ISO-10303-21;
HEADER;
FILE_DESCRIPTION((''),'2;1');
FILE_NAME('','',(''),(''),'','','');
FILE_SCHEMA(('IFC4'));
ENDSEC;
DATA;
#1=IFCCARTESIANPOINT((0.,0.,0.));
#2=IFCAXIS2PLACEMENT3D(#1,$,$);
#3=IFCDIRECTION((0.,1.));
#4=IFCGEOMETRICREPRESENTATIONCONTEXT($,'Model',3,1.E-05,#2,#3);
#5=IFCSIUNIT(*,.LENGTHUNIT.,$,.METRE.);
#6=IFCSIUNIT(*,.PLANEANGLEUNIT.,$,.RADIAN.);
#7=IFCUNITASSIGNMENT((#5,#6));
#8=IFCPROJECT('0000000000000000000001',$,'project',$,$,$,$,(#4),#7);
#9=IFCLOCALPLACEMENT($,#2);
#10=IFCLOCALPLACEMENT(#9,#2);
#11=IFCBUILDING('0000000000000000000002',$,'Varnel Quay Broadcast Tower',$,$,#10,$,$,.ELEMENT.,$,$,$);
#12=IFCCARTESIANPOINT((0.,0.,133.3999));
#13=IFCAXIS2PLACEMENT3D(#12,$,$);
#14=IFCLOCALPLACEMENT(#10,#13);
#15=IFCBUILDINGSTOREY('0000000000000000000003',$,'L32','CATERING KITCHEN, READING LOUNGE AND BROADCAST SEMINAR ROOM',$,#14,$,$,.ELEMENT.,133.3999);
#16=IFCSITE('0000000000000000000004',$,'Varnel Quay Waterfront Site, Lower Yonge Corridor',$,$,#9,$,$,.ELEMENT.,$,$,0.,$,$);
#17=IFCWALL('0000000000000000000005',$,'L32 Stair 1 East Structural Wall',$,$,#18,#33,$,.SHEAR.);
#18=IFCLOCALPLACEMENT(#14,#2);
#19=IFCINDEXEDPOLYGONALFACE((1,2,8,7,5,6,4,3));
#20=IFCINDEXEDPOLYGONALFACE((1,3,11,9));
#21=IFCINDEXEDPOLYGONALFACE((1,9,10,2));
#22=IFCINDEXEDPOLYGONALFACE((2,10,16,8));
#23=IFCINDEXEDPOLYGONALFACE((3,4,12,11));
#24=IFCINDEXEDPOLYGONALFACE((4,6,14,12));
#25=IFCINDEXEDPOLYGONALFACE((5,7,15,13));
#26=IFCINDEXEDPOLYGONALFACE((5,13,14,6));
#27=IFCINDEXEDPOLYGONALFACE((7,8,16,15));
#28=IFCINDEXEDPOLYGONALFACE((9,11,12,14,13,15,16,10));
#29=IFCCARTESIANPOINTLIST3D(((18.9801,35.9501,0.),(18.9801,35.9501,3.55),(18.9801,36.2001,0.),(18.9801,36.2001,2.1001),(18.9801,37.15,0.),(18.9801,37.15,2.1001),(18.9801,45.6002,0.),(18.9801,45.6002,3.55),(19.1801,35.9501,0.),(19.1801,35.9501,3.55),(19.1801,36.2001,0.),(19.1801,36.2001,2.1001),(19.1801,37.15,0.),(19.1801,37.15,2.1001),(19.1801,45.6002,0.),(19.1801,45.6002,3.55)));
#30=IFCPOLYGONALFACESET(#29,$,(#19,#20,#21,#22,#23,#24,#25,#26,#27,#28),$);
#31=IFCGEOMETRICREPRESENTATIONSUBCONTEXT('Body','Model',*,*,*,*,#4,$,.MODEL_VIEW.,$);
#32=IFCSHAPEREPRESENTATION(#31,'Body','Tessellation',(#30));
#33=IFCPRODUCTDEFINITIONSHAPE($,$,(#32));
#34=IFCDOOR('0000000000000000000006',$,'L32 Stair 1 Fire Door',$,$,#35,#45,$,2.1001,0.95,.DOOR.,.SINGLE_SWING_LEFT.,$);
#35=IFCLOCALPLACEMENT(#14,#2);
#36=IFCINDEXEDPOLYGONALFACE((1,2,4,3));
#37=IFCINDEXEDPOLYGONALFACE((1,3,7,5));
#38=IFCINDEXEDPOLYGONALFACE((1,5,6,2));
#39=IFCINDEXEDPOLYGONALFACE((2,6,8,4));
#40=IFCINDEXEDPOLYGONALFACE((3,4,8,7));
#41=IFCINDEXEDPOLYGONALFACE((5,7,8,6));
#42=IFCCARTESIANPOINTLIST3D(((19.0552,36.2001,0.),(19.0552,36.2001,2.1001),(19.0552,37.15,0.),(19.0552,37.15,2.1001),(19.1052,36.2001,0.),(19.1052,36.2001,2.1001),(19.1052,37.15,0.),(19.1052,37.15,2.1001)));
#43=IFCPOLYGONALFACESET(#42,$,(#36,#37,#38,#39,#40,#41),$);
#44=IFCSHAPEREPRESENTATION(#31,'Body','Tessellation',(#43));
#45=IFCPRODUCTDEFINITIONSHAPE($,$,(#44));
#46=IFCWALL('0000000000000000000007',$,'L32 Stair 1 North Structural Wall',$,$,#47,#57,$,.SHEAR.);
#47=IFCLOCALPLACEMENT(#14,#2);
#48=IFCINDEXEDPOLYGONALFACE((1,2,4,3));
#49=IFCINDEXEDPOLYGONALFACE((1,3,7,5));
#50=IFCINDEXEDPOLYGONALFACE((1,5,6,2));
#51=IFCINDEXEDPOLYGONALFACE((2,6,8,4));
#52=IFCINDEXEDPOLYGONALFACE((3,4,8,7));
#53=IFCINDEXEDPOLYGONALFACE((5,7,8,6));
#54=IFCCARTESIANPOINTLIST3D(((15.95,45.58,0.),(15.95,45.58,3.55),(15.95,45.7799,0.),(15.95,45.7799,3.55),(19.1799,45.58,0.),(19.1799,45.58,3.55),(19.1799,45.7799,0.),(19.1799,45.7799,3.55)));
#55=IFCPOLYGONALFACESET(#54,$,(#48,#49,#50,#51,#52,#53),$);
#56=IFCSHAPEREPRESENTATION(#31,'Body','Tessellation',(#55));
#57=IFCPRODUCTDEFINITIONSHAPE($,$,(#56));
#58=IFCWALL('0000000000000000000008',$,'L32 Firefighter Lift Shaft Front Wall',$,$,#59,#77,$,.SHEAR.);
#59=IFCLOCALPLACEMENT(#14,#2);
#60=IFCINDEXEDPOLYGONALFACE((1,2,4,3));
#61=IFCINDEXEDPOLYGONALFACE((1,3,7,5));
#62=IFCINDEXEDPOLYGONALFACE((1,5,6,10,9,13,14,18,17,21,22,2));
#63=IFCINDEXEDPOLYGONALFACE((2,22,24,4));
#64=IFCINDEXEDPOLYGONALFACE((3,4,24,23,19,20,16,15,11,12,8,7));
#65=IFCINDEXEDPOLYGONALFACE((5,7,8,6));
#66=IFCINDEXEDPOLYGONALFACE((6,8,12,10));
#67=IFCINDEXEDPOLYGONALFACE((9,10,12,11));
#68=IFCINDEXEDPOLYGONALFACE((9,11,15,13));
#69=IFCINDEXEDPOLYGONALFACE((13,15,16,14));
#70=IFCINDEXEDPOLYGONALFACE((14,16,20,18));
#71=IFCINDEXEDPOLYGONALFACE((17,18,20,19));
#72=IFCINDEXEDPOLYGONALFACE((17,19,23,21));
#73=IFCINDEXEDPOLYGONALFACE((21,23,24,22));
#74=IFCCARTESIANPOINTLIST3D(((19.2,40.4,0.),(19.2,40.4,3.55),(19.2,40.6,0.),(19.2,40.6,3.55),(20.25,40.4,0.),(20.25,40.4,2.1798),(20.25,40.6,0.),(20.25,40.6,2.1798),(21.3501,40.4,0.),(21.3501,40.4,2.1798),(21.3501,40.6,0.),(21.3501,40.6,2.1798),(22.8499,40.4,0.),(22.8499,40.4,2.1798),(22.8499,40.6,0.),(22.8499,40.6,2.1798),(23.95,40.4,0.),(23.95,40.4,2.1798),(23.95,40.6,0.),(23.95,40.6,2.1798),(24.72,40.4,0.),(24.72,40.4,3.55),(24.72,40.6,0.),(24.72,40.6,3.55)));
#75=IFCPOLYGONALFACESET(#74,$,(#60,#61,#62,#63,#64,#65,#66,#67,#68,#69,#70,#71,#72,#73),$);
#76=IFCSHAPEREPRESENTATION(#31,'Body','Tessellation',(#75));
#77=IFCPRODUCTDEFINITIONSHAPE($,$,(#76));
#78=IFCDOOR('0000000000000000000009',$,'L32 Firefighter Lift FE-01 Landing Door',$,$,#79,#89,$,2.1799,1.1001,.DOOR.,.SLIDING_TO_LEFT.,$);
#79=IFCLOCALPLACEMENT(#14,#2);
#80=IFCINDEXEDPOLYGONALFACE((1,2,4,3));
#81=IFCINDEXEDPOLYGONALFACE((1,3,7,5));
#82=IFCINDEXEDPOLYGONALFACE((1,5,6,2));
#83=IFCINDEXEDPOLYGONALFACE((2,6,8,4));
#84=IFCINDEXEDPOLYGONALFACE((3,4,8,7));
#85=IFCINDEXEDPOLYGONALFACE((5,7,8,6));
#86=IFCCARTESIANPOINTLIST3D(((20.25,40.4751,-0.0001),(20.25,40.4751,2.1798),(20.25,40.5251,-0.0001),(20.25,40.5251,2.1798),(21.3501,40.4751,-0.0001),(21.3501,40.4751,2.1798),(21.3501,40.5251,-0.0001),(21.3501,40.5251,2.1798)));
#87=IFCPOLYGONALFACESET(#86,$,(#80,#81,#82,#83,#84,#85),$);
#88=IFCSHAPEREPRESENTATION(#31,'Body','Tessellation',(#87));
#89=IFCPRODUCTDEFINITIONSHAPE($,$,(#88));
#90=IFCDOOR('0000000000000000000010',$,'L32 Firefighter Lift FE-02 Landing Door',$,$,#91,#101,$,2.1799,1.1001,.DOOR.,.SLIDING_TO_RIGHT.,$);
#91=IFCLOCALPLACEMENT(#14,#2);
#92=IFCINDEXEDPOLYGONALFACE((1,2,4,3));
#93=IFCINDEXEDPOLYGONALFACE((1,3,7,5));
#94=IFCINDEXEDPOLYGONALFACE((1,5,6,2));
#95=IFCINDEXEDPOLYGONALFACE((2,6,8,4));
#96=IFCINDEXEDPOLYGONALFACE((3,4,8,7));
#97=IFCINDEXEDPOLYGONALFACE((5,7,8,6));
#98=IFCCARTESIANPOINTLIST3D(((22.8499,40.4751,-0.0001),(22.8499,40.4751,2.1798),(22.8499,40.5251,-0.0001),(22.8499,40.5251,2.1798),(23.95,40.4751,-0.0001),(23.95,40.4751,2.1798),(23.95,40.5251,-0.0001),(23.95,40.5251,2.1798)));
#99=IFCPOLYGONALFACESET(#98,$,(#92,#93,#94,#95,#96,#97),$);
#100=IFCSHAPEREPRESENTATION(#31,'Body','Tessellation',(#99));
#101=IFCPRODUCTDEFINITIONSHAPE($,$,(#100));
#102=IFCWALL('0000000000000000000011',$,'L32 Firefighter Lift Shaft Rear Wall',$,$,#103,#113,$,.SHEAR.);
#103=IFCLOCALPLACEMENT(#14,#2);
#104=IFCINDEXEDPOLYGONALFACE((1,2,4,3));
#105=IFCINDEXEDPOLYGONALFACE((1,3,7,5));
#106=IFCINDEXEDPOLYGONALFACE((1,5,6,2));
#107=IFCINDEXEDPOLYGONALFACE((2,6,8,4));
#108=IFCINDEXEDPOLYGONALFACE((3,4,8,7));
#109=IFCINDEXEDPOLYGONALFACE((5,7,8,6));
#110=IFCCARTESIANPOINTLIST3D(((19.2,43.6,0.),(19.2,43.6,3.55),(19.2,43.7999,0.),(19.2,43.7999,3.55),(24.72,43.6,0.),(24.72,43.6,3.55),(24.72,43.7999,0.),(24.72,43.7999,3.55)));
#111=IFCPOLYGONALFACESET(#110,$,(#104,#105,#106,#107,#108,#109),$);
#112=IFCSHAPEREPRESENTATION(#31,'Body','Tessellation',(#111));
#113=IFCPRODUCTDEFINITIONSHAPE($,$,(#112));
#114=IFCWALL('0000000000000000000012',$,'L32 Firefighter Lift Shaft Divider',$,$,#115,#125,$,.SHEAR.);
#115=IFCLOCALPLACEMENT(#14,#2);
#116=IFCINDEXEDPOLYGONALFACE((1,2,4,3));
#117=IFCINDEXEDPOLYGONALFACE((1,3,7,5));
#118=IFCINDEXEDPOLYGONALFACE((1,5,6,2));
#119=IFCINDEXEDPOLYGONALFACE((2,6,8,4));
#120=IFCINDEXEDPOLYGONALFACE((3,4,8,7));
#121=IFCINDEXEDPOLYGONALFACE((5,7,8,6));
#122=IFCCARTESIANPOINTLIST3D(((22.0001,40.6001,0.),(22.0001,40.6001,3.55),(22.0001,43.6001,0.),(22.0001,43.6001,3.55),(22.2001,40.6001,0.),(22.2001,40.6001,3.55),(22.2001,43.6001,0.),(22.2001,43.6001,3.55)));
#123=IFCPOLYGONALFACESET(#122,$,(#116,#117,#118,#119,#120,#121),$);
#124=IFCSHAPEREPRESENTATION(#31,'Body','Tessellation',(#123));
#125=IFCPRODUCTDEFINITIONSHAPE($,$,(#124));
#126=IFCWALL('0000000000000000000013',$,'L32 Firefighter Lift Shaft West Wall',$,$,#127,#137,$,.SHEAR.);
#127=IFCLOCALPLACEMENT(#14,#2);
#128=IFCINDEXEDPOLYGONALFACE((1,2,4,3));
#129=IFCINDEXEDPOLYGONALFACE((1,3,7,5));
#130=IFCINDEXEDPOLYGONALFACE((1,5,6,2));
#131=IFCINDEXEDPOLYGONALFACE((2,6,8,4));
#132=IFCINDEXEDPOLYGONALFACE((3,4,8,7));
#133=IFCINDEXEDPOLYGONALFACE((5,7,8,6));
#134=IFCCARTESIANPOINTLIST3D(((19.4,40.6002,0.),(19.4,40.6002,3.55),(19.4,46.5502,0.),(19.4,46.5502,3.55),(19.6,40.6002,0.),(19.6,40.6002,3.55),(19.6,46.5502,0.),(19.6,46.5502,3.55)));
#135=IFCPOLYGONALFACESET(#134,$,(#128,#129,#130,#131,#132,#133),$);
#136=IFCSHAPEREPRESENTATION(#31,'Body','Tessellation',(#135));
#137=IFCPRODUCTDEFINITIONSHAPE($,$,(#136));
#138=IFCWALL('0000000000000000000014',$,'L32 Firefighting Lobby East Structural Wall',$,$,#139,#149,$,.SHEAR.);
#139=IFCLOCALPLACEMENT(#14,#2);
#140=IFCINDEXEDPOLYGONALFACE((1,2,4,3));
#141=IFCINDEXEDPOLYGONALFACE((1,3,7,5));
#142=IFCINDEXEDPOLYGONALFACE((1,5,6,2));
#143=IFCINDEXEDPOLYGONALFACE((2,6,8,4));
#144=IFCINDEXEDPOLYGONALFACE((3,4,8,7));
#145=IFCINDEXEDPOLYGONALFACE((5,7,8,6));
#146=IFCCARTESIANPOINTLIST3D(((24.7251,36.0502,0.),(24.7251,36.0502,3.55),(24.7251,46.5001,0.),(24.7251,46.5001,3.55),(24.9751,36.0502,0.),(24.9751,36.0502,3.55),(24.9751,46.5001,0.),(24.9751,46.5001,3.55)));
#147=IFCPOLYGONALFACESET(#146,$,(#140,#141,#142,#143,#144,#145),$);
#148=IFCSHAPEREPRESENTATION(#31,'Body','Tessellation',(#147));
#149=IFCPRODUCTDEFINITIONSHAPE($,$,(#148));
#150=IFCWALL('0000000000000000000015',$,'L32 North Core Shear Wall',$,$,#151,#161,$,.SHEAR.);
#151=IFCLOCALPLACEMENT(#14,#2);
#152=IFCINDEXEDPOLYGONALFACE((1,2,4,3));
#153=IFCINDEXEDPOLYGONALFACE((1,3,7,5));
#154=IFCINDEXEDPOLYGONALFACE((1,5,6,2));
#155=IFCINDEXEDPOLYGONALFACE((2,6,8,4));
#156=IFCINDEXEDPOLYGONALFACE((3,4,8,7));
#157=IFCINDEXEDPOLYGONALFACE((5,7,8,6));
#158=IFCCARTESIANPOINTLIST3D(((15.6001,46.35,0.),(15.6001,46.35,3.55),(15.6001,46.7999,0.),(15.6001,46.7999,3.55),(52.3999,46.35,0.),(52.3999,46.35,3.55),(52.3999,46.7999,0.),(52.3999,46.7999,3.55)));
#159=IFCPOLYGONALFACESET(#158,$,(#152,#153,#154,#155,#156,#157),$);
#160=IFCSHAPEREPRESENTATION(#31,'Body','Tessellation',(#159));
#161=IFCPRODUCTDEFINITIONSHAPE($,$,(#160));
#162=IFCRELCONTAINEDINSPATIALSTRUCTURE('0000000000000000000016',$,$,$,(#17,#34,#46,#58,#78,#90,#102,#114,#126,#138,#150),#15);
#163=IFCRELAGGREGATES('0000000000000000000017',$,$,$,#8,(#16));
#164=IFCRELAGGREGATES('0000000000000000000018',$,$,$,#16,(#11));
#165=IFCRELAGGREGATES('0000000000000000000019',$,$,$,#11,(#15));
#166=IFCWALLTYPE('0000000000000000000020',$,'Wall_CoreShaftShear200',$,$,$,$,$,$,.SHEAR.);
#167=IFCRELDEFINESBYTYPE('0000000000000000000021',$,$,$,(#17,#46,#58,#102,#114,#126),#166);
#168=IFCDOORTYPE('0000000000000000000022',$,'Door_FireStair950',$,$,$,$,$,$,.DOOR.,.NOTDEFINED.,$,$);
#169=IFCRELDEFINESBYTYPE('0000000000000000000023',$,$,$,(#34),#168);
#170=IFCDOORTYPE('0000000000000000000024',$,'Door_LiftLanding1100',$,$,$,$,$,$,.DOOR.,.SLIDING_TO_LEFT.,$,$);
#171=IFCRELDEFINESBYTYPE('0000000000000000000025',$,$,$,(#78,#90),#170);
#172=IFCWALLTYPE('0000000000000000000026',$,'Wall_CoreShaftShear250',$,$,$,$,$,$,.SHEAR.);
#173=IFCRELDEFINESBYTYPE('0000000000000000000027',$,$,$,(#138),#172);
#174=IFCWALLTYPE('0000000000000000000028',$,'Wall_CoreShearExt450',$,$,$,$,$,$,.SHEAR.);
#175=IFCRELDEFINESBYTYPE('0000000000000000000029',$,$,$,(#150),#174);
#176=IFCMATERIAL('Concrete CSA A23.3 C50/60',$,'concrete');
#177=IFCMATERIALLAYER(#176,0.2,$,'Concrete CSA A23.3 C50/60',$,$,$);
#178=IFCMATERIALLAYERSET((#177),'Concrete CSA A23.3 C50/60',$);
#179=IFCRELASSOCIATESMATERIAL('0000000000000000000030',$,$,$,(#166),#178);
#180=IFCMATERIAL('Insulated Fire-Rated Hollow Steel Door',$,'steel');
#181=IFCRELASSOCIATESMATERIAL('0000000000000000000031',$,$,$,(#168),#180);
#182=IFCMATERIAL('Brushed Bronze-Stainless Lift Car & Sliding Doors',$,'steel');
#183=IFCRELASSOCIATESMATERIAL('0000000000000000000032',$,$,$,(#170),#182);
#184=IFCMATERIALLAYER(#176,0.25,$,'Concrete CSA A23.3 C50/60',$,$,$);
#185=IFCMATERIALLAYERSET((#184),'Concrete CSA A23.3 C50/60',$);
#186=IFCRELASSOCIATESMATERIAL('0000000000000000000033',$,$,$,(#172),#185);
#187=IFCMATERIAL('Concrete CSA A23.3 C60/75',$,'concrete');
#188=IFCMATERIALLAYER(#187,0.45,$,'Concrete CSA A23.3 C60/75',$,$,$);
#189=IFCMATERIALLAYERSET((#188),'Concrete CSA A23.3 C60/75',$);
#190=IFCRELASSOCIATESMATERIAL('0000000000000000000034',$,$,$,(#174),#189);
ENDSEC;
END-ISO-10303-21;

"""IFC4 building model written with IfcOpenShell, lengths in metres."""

from ifc_helpers import new_model, si_unit, direction, frame, frame_2d, origin, place, context, subcontext, project, spatial, rectangle, extrude, source, transform, mapped, material, layer, layer_set, type_object, type_shapes, element, fill, save


model = new_model("IFC4")

# Units and contexts
model_context = context("Model", 3, precision=1e-05, world=origin(), true_north=direction((0.0, 1.0)))
body_context = subcontext(model_context, "Body", "Model", "MODEL_VIEW")
ifc_project = project(units=[si_unit("LENGTHUNIT", "METRE"), si_unit("PLANEANGLEUNIT", "RADIAN")], contexts=[model_context])

# Site, building, storey
site_placement = place(None, origin())
site = spatial("IfcSite", under=ifc_project, at=site_placement, Name="Varnel Quay Waterfront Site, Lower Yonge Corridor", CompositionType="ELEMENT", RefElevation=0.0)
building_placement = place(site_placement, origin())
building = spatial("IfcBuilding", under=site, at=building_placement, Name="Varnel Quay Broadcast Tower", CompositionType="ELEMENT")
storey_placement = place(building_placement, frame((0.0, 0.0, 133.3999)))
storey = spatial("IfcBuildingStorey", under=building, at=storey_placement, Name="L32", Description="CATERING KITCHEN, READING LOUNGE AND BROADCAST SEMINAR ROOM", CompositionType="ELEMENT", Elevation=133.3999)

# Shared definitions
ifc_material_1 = material(Name="Concrete CSA A23.3 C60/75", Category="concrete")

# Wall, opening, door
ifc_material_2 = material(Name="Concrete CSA A23.3 C50/60", Category="concrete")
ifc_layer_1 = layer(ifc_material_2, 0.2, Name="Concrete CSA A23.3 C50/60")
ifc_layer_set_1 = layer_set([ifc_layer_1], Name="Concrete CSA A23.3 C50/60")
wall_type_1 = type_object("IfcWallType", Name="Wall_CoreShaftShear200", PredefinedType="SHEAR", material=ifc_layer_set_1)
wall_1_placement = place(storey_placement, frame((19.0801, 35.95, 0.0), z_axis=(0.0, 0.0, 1.0), x_axis=(0.0, 1.0, 0.0)))
wall_1 = element("IfcWall", 1, at=wall_1_placement, inside=storey, type_object=wall_type_1, Name="L32 Stair 1 East Structural Wall", PredefinedType="SHEAR", context=body_context, shape_type="SweptSolid", body=[
    extrude(rectangle(XDim=9.6501, YDim=0.2, at=frame_2d((4.8252, 0.0))), origin(), (0.0, 0.0, 1.0), 3.55),
])
opening_1_placement = place(wall_1_placement, frame((0.25, 0.0, 0.0)))
opening_1 = element("IfcOpeningElement", 2, at=opening_1_placement, cuts=wall_1, PredefinedType="OPENING", context=body_context, shape_type="SweptSolid", body=[
    extrude(rectangle(XDim=0.95, YDim=2.1001, at=frame_2d((0.4751, 1.05))), frame((0.0, 0.1099, 0.0), z_axis=(0.0, -1.0, 0.0), x_axis=(1.0, 0.0, 0.0)), (0.0, 0.0, 1.0), 0.22),
])
ifc_material_3 = material(Name="Insulated Fire-Rated Hollow Steel Door", Category="steel")
door_type_1 = type_object("IfcDoorType", Name="Door_FireStair950", OperationType="NOTDEFINED", PredefinedType="DOOR", material=ifc_material_3)
shared_shape_1 = source(origin(), body_context, "Body", "SweptSolid", [
    extrude(rectangle(XDim=0.95, YDim=2.1001, at=frame_2d((0.4751, 1.05))), frame((0.0, 0.0249, 0.0), z_axis=(0.0, -1.0, 0.0), x_axis=(1.0, 0.0, 0.0)), (0.0, 0.0, 1.0), 0.05),
])
type_shapes(door_type_1, [shared_shape_1])
door_1_placement = place(opening_1_placement, origin())
door_1 = element("IfcDoor", 3, at=door_1_placement, inside=storey, type_object=door_type_1, Name="L32 Stair 1 Fire Door", OperationType="SINGLE_SWING_LEFT", OverallHeight=2.1001, OverallWidth=0.95, PredefinedType="DOOR", context=body_context, shape_type="MappedRepresentation", body=[
    mapped(shared_shape_1, transform((0.0, 0.0, 0.0), x_axis=(1.0, 0.0, 0.0), y_axis=(0.0, 1.0, 0.0), z_axis=(0.0, 0.0, 1.0), scale=1.0)),
])
fill(opening_1, door_1)

# Wall
wall_2_placement = place(storey_placement, frame((15.95, 45.6799, 0.0), z_axis=(0.0, 0.0, 1.0), x_axis=(1.0, 0.0, 0.0)))
element("IfcWall", 4, at=wall_2_placement, inside=storey, type_object=wall_type_1, Name="L32 Stair 1 North Structural Wall", PredefinedType="SHEAR", context=body_context, shape_type="SweptSolid", body=[
    extrude(rectangle(XDim=3.23, YDim=0.2, at=frame_2d((1.615, 0.0))), origin(), (0.0, 0.0, 1.0), 3.55),
])

# Wall, openings, doors
wall_3_placement = place(storey_placement, frame((19.2, 40.5, 0.0), z_axis=(0.0, 0.0, 1.0), x_axis=(1.0, 0.0, 0.0)))
wall_3 = element("IfcWall", 5, at=wall_3_placement, inside=storey, type_object=wall_type_1, Name="L32 Firefighter Lift Shaft Front Wall", PredefinedType="SHEAR", context=body_context, shape_type="SweptSolid", body=[
    extrude(rectangle(XDim=5.52, YDim=0.2, at=frame_2d((2.76, 0.0))), origin(), (0.0, 0.0, 1.0), 3.55),
])
opening_2_placement = place(wall_3_placement, frame((1.05, 0.0, 0.0)))
opening_2 = element("IfcOpeningElement", 6, at=opening_2_placement, cuts=wall_3, PredefinedType="OPENING", context=body_context, shape_type="SweptSolid", body=[
    extrude(rectangle(XDim=1.1001, YDim=2.1799, at=frame_2d((0.55, 1.0898))), frame((0.0, 0.1099, 0.0), z_axis=(0.0, -1.0, 0.0), x_axis=(1.0, 0.0, 0.0)), (0.0, 0.0, 1.0), 0.22),
])
opening_3_placement = place(wall_3_placement, frame((3.6499, 0.0, 0.0)))
opening_3 = element("IfcOpeningElement", 7, at=opening_3_placement, cuts=wall_3, PredefinedType="OPENING", context=body_context, shape_type="SweptSolid", body=[
    extrude(rectangle(XDim=1.1001, YDim=2.1799, at=frame_2d((0.55, 1.0898))), frame((0.0, 0.1099, 0.0), z_axis=(0.0, -1.0, 0.0), x_axis=(1.0, 0.0, 0.0)), (0.0, 0.0, 1.0), 0.22),
])
ifc_material_4 = material(Name="Brushed Bronze-Stainless Lift Car & Sliding Doors", Category="steel")
door_type_2 = type_object("IfcDoorType", Name="Door_LiftLanding1100", OperationType="SLIDING_TO_LEFT", PredefinedType="DOOR", material=ifc_material_4)
shared_shape_2 = source(origin(), body_context, "Body", "SweptSolid", [
    extrude(rectangle(XDim=1.1001, YDim=2.1799, at=frame_2d((0.55, 1.0898))), frame((0.0, 0.0249, 0.0), z_axis=(0.0, -1.0, 0.0), x_axis=(1.0, 0.0, 0.0)), (0.0, 0.0, 1.0), 0.05),
])
type_shapes(door_type_2, [shared_shape_2])
door_2_placement = place(opening_2_placement, frame((1.1001, 0.0, 0.0), z_axis=(0.0, 0.0, 1.0), x_axis=(-1.0, 0.0, 0.0)))
door_2 = element("IfcDoor", 8, at=door_2_placement, inside=storey, type_object=door_type_2, Name="L32 Firefighter Lift FE-01 Landing Door", OperationType="SLIDING_TO_LEFT", OverallHeight=2.1799, OverallWidth=1.1001, PredefinedType="DOOR", context=body_context, shape_type="MappedRepresentation", body=[
    mapped(shared_shape_2, transform((0.0, 0.0, 0.0), x_axis=(1.0, 0.0, 0.0), y_axis=(0.0, 1.0, 0.0), z_axis=(0.0, 0.0, 1.0), scale=1.0)),
])
fill(opening_2, door_2)
door_3_placement = place(opening_3_placement, frame((1.1001, 0.0, 0.0), z_axis=(0.0, 0.0, 1.0), x_axis=(-1.0, 0.0, 0.0)))
door_3 = element("IfcDoor", 9, at=door_3_placement, inside=storey, type_object=door_type_2, Name="L32 Firefighter Lift FE-02 Landing Door", OperationType="SLIDING_TO_RIGHT", OverallHeight=2.1799, OverallWidth=1.1001, PredefinedType="DOOR", context=body_context, shape_type="MappedRepresentation", body=[
    mapped(shared_shape_2, transform((0.0, 0.0, 0.0), x_axis=(1.0, 0.0, 0.0), y_axis=(0.0, 1.0, 0.0), z_axis=(0.0, 0.0, 1.0), scale=1.0)),
])
fill(opening_3, door_3)

# Walls
wall_4_placement = place(storey_placement, frame((19.2, 43.7, 0.0), z_axis=(0.0, 0.0, 1.0), x_axis=(1.0, 0.0, 0.0)))
element("IfcWall", 10, at=wall_4_placement, inside=storey, type_object=wall_type_1, Name="L32 Firefighter Lift Shaft Rear Wall", PredefinedType="SHEAR", context=body_context, shape_type="SweptSolid", body=[
    extrude(rectangle(XDim=5.52, YDim=0.2, at=frame_2d((2.76, 0.0))), origin(), (0.0, 0.0, 1.0), 3.55),
])
wall_5_placement = place(storey_placement, frame((22.1001, 40.6001, 0.0), z_axis=(0.0, 0.0, 1.0), x_axis=(0.0, 1.0, 0.0)))
element("IfcWall", 11, at=wall_5_placement, inside=storey, type_object=wall_type_1, Name="L32 Firefighter Lift Shaft Divider", PredefinedType="SHEAR", context=body_context, shape_type="SweptSolid", body=[
    extrude(rectangle(XDim=3.0, YDim=0.2, at=frame_2d((1.5, 0.0))), origin(), (0.0, 0.0, 1.0), 3.55),
])
wall_6_placement = place(storey_placement, frame((19.5, 40.6001, 0.0), z_axis=(0.0, 0.0, 1.0), x_axis=(0.0, 1.0, 0.0)))
element("IfcWall", 12, at=wall_6_placement, inside=storey, type_object=wall_type_1, Name="L32 Firefighter Lift Shaft West Wall", PredefinedType="SHEAR", context=body_context, shape_type="SweptSolid", body=[
    extrude(rectangle(XDim=5.95, YDim=0.2, at=frame_2d((2.9751, 0.0))), origin(), (0.0, 0.0, 1.0), 3.55),
])
ifc_layer_2 = layer(ifc_material_2, 0.25, Name="Concrete CSA A23.3 C50/60")
ifc_layer_set_2 = layer_set([ifc_layer_2], Name="Concrete CSA A23.3 C50/60")
wall_type_2 = type_object("IfcWallType", Name="Wall_CoreShaftShear250", PredefinedType="SHEAR", material=ifc_layer_set_2)
wall_7_placement = place(storey_placement, frame((24.8501, 36.05, 0.0), z_axis=(0.0, 0.0, 1.0), x_axis=(0.0, 1.0, 0.0)))
element("IfcWall", 13, at=wall_7_placement, inside=storey, type_object=wall_type_2, Name="L32 Firefighting Lobby East Structural Wall", PredefinedType="SHEAR", context=body_context, shape_type="SweptSolid", body=[
    extrude(rectangle(XDim=10.45, YDim=0.25, at=frame_2d((5.2251, 0.0))), origin(), (0.0, 0.0, 1.0), 3.55),
])
ifc_layer_3 = layer(ifc_material_1, 0.45, Name="Concrete CSA A23.3 C60/75")
ifc_layer_set_3 = layer_set([ifc_layer_3], Name="Concrete CSA A23.3 C60/75")
wall_type_3 = type_object("IfcWallType", Name="Wall_CoreShearExt450", PredefinedType="SHEAR", material=ifc_layer_set_3)
wall_8_placement = place(storey_placement, frame((15.6001, 46.575, 0.0), z_axis=(0.0, 0.0, 1.0), x_axis=(1.0, 0.0, 0.0)))
element("IfcWall", 14, at=wall_8_placement, inside=storey, type_object=wall_type_3, Name="L32 North Core Shear Wall", PredefinedType="SHEAR", context=body_context, shape_type="SweptSolid", body=[
    extrude(rectangle(XDim=36.7998, YDim=0.45, at=frame_2d((18.3999, 0.0))), origin(), (0.0, 0.0, 1.0), 3.55),
])

save(model, "model.ifc")
